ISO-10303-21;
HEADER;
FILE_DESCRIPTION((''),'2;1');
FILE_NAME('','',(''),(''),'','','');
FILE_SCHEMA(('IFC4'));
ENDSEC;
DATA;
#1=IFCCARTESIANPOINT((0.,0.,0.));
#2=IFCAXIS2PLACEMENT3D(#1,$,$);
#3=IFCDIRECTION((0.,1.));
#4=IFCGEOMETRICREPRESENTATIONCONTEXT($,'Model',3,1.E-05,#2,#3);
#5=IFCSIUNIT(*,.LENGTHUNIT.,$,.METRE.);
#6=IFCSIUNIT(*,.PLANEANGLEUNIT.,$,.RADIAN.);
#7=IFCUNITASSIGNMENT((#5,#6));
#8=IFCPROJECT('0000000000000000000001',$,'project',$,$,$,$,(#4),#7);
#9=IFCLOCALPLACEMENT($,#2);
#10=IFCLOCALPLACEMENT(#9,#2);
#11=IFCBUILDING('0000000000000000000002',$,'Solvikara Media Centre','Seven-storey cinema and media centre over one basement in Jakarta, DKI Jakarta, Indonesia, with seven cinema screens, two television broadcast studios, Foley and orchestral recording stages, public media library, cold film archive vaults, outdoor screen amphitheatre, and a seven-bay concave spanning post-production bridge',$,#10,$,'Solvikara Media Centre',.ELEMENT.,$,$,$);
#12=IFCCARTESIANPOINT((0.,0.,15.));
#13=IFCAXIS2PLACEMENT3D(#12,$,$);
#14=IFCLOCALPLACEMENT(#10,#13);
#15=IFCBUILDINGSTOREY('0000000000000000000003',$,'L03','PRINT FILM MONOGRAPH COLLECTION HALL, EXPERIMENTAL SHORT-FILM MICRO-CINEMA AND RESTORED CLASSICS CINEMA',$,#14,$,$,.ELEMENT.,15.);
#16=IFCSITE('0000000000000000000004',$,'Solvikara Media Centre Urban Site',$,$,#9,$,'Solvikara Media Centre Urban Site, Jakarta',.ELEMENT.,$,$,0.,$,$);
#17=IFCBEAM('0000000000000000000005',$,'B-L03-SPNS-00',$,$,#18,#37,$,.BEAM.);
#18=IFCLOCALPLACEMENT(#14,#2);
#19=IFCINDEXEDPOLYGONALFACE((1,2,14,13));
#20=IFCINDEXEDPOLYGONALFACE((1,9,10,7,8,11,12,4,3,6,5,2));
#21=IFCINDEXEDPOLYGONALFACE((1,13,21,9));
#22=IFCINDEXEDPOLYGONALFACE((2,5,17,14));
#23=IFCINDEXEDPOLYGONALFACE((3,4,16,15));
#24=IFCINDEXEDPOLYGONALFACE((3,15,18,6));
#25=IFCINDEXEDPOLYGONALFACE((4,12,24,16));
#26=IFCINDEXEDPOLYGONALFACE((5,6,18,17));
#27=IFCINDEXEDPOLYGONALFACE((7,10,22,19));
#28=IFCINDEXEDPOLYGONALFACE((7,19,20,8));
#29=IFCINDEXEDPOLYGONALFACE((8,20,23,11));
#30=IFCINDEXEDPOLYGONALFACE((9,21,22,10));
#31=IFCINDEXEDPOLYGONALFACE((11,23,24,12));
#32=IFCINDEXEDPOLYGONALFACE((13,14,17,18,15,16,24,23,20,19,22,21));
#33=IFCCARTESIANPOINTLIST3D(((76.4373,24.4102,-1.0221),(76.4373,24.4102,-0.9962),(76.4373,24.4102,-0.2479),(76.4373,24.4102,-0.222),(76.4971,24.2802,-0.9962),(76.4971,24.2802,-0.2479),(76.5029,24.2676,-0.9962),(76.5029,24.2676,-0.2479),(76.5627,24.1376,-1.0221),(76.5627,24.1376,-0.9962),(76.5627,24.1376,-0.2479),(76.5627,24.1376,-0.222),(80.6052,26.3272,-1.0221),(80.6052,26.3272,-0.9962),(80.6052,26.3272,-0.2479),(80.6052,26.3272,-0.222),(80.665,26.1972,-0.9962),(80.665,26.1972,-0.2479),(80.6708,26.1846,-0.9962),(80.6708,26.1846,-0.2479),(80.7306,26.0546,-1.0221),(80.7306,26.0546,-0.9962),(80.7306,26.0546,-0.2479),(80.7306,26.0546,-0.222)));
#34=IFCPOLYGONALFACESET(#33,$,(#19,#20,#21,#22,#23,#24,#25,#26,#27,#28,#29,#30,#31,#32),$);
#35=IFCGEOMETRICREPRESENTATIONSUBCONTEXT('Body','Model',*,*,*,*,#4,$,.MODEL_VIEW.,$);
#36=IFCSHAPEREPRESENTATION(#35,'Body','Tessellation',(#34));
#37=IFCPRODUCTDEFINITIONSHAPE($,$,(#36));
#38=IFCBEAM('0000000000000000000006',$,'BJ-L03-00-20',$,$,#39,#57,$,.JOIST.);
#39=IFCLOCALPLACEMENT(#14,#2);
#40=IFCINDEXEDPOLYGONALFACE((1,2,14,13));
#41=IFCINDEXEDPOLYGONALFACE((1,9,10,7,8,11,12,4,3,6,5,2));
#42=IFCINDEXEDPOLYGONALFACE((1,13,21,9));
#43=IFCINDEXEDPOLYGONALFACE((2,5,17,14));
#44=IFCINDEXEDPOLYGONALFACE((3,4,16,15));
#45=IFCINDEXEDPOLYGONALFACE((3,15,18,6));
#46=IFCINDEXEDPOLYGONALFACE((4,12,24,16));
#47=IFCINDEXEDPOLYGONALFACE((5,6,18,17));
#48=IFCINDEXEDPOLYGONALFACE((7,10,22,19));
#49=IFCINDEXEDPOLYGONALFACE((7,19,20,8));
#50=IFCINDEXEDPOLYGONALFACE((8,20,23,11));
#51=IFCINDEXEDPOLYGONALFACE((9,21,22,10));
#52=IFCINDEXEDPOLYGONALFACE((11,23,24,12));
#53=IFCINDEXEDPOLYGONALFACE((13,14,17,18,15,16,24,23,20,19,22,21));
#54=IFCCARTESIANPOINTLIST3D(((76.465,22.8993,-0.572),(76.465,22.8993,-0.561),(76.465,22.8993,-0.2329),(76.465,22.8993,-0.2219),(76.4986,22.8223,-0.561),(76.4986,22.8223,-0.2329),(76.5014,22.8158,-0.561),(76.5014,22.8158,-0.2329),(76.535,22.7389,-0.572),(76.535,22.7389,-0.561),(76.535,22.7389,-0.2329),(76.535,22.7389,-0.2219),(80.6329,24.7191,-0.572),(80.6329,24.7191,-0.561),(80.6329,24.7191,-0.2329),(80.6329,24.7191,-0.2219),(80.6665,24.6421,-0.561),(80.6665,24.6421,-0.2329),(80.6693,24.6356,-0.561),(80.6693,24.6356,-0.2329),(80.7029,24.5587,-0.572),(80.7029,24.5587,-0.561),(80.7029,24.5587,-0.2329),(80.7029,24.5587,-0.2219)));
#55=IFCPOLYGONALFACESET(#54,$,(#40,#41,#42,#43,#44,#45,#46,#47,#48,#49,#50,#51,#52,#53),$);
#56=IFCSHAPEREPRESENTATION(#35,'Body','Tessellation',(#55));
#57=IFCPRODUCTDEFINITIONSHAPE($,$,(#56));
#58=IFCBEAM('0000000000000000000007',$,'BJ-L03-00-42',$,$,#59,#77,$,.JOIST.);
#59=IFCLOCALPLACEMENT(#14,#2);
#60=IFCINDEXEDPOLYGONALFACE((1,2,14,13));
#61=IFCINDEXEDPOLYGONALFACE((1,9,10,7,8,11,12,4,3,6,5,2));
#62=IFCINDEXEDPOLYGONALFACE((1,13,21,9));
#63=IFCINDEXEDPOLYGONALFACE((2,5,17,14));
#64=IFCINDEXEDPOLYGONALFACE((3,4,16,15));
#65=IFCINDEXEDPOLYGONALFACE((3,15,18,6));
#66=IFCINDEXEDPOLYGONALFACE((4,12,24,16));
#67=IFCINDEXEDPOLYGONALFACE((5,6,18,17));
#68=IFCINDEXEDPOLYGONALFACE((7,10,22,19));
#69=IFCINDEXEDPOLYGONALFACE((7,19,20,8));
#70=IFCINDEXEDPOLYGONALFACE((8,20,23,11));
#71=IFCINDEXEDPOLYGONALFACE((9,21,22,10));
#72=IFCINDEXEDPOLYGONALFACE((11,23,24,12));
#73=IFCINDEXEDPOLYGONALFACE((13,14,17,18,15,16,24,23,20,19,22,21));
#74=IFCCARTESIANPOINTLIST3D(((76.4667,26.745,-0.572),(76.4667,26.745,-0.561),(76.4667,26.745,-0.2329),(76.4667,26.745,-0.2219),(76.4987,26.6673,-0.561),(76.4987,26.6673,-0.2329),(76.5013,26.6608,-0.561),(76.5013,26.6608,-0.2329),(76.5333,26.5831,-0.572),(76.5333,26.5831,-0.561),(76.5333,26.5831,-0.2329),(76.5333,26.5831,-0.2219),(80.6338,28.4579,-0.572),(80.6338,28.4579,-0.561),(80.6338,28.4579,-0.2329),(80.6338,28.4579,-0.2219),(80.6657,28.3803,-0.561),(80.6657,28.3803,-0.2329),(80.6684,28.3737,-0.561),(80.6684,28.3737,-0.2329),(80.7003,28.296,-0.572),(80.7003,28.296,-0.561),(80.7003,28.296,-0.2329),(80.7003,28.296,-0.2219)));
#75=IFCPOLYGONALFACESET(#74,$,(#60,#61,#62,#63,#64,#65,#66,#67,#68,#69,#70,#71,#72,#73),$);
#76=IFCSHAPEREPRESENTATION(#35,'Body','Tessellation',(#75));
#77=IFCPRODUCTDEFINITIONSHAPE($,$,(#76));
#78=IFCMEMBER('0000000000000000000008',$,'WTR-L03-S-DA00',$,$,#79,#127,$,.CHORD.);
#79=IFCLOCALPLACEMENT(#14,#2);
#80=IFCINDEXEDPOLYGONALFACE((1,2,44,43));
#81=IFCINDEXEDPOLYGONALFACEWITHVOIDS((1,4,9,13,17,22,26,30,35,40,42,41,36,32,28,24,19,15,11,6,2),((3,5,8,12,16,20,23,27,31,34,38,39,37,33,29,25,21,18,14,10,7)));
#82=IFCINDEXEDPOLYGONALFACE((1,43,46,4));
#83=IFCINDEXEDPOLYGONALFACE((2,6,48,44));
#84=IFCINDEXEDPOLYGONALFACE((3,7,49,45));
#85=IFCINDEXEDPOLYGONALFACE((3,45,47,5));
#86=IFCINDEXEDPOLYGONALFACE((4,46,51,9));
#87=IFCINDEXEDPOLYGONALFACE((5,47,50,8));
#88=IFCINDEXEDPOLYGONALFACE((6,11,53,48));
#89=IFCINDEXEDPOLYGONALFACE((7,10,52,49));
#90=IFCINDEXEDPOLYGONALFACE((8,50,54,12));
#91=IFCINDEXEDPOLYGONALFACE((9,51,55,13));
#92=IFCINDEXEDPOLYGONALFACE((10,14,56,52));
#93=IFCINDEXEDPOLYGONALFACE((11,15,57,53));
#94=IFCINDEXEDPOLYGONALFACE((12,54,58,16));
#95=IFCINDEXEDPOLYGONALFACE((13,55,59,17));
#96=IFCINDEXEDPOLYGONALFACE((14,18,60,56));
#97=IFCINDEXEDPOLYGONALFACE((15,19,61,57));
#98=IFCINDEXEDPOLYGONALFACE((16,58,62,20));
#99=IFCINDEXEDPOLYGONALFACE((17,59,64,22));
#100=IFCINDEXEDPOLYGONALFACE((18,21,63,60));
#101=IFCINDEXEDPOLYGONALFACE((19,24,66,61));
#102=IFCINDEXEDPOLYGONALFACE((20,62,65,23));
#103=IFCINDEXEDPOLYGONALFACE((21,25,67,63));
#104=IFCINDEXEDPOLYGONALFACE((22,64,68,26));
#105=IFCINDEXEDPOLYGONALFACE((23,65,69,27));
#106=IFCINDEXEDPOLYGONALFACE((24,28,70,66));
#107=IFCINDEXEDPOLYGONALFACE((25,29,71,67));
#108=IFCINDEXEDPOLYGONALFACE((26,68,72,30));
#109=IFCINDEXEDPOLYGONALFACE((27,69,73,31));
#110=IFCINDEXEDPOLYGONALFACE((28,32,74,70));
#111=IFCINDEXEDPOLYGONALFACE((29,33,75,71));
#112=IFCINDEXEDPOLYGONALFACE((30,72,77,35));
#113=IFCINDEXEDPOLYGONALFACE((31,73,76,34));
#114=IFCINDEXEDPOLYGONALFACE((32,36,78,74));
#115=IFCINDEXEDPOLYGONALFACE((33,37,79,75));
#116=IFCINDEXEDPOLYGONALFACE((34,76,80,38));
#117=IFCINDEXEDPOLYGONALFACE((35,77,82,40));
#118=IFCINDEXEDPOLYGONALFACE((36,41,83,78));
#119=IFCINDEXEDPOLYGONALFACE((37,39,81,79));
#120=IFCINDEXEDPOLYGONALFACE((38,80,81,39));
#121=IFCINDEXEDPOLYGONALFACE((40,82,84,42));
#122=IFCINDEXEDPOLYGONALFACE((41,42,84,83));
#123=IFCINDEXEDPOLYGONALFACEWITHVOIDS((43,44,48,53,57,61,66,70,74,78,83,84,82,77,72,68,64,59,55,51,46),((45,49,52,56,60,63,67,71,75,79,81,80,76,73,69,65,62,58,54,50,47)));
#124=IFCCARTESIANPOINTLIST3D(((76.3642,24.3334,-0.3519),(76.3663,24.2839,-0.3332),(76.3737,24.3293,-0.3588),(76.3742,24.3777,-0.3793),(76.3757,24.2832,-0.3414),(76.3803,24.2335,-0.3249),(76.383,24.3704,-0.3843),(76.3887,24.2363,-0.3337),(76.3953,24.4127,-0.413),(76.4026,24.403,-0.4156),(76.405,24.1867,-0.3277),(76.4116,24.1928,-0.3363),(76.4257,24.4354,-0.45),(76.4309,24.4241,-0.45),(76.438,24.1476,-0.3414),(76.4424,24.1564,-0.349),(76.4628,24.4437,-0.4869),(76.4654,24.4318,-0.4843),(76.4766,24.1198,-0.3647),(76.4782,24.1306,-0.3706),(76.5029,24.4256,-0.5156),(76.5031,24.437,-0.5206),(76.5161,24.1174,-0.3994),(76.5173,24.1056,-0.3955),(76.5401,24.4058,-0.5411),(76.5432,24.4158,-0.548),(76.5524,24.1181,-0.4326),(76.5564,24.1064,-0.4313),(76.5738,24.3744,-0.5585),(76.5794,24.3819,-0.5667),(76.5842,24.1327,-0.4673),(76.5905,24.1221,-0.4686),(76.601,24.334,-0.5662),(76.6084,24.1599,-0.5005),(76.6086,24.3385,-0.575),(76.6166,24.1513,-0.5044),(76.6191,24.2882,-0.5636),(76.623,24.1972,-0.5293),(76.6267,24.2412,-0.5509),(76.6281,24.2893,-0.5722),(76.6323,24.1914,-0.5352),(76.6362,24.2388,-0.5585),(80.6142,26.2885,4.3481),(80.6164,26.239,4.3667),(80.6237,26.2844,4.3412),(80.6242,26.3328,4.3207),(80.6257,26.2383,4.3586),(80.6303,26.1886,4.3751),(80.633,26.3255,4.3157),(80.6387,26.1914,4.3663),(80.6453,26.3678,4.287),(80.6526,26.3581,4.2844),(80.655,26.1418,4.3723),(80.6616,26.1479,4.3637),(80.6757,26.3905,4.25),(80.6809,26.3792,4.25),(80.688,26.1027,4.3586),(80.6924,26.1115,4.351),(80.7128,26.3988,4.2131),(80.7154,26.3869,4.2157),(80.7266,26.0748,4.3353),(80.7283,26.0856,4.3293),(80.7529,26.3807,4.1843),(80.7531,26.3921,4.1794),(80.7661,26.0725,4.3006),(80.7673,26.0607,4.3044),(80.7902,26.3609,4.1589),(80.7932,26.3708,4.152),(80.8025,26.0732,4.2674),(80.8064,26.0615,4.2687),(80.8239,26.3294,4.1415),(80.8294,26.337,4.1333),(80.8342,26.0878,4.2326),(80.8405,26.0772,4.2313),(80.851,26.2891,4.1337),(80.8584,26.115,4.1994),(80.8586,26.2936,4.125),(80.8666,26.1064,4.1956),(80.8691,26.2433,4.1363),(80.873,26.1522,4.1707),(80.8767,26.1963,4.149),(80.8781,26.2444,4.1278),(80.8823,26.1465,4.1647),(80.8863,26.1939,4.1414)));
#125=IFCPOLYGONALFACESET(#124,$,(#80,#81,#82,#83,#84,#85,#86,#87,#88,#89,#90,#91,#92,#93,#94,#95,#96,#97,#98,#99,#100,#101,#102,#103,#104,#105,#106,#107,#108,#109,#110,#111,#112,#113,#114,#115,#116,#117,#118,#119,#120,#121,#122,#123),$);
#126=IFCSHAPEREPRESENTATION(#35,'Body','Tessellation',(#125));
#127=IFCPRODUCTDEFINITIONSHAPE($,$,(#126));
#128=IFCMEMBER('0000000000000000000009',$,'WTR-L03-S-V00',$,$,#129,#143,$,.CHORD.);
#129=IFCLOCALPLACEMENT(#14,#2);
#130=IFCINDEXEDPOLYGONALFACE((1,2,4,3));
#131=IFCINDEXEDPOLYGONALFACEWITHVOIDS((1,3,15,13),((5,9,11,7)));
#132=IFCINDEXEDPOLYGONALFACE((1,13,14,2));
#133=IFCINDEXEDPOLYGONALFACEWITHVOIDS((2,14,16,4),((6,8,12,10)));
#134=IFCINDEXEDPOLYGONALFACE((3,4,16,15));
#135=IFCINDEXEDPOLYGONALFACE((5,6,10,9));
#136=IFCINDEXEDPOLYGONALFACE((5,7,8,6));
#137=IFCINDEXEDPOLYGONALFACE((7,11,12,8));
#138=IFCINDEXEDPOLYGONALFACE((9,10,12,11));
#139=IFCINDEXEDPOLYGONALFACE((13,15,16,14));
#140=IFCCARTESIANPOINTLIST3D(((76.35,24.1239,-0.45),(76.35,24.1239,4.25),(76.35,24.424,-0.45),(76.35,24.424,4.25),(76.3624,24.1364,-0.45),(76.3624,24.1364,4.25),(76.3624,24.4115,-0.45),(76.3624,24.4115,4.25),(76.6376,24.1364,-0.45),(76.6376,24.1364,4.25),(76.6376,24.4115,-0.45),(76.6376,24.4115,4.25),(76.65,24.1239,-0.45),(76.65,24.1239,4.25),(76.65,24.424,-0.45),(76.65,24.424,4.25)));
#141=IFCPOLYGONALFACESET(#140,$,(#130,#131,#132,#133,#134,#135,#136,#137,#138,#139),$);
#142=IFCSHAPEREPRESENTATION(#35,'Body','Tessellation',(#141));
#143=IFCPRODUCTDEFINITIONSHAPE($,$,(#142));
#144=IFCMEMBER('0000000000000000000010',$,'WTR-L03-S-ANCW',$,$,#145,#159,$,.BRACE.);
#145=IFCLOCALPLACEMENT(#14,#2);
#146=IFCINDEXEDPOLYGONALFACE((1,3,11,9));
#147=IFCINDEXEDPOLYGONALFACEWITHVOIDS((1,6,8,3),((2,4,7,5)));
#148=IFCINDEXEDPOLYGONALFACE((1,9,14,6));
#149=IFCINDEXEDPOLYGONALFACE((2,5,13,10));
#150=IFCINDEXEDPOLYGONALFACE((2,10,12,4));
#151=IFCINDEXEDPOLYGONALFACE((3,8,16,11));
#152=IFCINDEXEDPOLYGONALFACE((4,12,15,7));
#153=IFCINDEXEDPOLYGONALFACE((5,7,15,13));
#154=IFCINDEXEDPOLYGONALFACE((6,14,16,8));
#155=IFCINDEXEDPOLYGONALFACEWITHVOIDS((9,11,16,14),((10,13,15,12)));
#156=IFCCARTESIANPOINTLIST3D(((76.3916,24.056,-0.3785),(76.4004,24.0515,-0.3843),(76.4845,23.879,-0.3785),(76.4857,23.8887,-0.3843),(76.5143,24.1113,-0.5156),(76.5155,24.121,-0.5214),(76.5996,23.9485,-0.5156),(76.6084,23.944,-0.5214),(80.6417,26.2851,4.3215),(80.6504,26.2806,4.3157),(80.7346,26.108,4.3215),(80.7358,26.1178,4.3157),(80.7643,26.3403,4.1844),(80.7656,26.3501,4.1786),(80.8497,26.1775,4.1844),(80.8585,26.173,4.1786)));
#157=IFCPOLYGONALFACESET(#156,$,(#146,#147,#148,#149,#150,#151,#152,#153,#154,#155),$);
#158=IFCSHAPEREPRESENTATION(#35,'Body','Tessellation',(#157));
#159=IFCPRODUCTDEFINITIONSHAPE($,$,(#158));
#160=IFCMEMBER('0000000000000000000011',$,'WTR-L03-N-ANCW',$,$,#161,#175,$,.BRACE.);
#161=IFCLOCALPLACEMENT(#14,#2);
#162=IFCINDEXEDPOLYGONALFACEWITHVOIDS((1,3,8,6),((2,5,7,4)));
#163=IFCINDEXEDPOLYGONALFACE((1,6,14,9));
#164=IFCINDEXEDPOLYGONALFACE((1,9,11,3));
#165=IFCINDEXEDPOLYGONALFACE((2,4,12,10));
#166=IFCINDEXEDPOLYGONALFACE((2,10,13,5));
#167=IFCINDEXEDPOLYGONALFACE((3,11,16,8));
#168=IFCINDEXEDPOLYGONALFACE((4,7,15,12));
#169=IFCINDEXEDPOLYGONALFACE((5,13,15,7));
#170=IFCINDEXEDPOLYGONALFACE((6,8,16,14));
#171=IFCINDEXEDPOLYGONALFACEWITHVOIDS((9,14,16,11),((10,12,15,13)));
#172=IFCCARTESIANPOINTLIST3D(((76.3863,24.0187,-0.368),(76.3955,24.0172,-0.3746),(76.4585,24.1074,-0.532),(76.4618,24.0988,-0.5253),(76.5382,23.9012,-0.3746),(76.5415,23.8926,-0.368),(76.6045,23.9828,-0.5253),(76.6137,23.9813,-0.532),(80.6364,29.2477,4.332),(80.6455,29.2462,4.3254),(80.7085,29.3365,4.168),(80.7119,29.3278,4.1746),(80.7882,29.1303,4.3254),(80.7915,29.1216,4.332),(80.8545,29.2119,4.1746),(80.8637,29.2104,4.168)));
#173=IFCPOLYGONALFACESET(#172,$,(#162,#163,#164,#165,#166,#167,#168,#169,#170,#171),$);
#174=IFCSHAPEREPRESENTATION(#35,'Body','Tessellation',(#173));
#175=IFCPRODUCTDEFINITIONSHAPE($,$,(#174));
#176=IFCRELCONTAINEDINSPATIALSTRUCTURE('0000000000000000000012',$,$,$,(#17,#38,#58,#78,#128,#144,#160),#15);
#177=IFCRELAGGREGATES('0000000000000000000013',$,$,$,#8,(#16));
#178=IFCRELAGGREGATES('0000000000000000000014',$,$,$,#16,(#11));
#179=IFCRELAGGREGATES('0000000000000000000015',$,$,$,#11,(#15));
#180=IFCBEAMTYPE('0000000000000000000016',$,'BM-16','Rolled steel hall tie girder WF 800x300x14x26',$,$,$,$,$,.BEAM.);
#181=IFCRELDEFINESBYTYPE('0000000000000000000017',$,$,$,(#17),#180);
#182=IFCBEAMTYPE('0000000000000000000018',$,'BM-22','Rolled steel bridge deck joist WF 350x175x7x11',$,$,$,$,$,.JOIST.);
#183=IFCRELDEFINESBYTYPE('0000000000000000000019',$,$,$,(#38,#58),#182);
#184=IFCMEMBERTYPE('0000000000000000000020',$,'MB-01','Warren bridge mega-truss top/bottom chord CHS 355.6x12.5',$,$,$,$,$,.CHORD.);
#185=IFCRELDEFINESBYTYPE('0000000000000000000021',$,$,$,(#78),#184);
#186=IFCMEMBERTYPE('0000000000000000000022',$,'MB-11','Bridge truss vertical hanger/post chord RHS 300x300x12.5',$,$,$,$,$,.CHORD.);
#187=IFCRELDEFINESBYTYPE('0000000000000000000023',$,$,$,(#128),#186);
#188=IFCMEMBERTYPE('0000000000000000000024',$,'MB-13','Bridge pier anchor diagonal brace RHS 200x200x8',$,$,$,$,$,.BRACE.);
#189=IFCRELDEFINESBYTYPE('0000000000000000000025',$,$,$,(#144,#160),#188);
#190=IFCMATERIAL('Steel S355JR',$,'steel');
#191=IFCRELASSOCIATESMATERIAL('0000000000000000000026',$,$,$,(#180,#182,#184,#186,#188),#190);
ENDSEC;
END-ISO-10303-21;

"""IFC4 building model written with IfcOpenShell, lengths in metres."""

from ifc_helpers import new_model, si_unit, direction, frame, origin, origin_2d, place, context, subcontext, project, spatial, hollow_rectangle, hollow_circle, i_section, extrude, material, material_profile, profile_set, type_object, element, save


model = new_model("IFC4")

# Units and contexts
model_context = context("Model", 3, precision=1e-05, world=origin(), true_north=direction((0.0, 1.0)))
body_context = subcontext(model_context, "Body", "Model", "MODEL_VIEW")
ifc_project = project(units=[si_unit("LENGTHUNIT", "METRE"), si_unit("PLANEANGLEUNIT", "RADIAN")], contexts=[model_context])

# Site, building, storey
site_placement = place(None, origin())
site = spatial("IfcSite", under=ifc_project, at=site_placement, Name="Solvikara Media Centre Urban Site", LongName="Solvikara Media Centre Urban Site, Jakarta", CompositionType="ELEMENT", RefElevation=0.0)
building_placement = place(site_placement, origin())
building = spatial("IfcBuilding", under=site, at=building_placement, Name="Solvikara Media Centre", Description="Seven-storey cinema and media centre over one basement in Jakarta, DKI Jakarta, Indonesia, with seven cinema screens, two television broadcast studios, Foley and orchestral recording stages, public media library, cold film archive vaults, outdoor screen amphitheatre, and a seven-bay concave spanning post-production bridge", LongName="Solvikara Media Centre", CompositionType="ELEMENT")
storey_placement = place(building_placement, frame((0.0, 0.0, 15.0)))
storey = spatial("IfcBuildingStorey", under=building, at=storey_placement, Name="L03", Description="PRINT FILM MONOGRAPH COLLECTION HALL, EXPERIMENTAL SHORT-FILM MICRO-CINEMA AND RESTORED CLASSICS CINEMA", CompositionType="ELEMENT", Elevation=15.0)

# Beams
ifc_material_1 = material(Name="Steel S355JR", Category="steel")
ifc_material_profile_1 = material_profile(ifc_material_1, i_section(OverallWidth=0.3, OverallDepth=0.8, WebThickness=0.0139, FlangeThickness=0.0259, at=origin_2d()), Name="WF 800x300x14x26")
ifc_profile_set_1 = profile_set([ifc_material_profile_1], Name="Steel S355JR")
beam_type_1 = type_object("IfcBeamType", Name="BM-16", Description="Rolled steel hall tie girder WF 800x300x14x26", PredefinedType="BEAM", material=ifc_profile_set_1)
beam_1_placement = place(storey_placement, frame((76.5, 24.2739, -0.6221), z_axis=(0.908513, 0.417856, 0.0), x_axis=(-0.417856, 0.908513, 0.0)))
element("IfcBeam", 1, at=beam_1_placement, inside=storey, type_object=beam_type_1, Name="B-L03-SPNS-00", PredefinedType="BEAM", context=body_context, shape_type="SweptSolid", body=[
    extrude(i_section(OverallWidth=0.3, OverallDepth=0.8, WebThickness=0.0139, FlangeThickness=0.0259, at=origin_2d()), origin(), (0.0, 0.0, 1.0), 4.5876),
])
ifc_material_profile_2 = material_profile(ifc_material_1, i_section(OverallWidth=0.175, OverallDepth=0.3501, WebThickness=0.0071, FlangeThickness=0.011, at=origin_2d()), Name="WF 350x175x7x11")
ifc_profile_set_2 = profile_set([ifc_material_profile_2], Name="Steel S355JR")
beam_type_2 = type_object("IfcBeamType", Name="BM-22", Description="Rolled steel bridge deck joist WF 350x175x7x11", PredefinedType="JOIST", material=ifc_profile_set_2)
beam_2_placement = place(storey_placement, frame((76.5, 22.8191, -0.397), z_axis=(0.916453, 0.400143, 0.0), x_axis=(-0.400143, 0.916453, 0.0)))
element("IfcBeam", 2, at=beam_2_placement, inside=storey, type_object=beam_type_2, Name="BJ-L03-00-20", PredefinedType="JOIST", context=body_context, shape_type="SweptSolid", body=[
    extrude(i_section(OverallWidth=0.175, OverallDepth=0.3501, WebThickness=0.0071, FlangeThickness=0.011, at=origin_2d()), origin(), (0.0, 0.0, 1.0), 4.5479),
])
beam_3_placement = place(storey_placement, frame((76.5, 26.6641, -0.397), z_axis=(0.924907, 0.380194, 0.0), x_axis=(-0.380194, 0.924907, 0.0)))
element("IfcBeam", 3, at=beam_3_placement, inside=storey, type_object=beam_type_2, Name="BJ-L03-00-42", PredefinedType="JOIST", context=body_context, shape_type="SweptSolid", body=[
    extrude(i_section(OverallWidth=0.175, OverallDepth=0.3501, WebThickness=0.0071, FlangeThickness=0.011, at=origin_2d()), origin(), (0.0, 0.0, 1.0), 4.5054),
])

# Members
ifc_material_profile_3 = material_profile(ifc_material_1, hollow_circle(Radius=0.1777, WallThickness=0.0125, at=origin_2d()), Name="CHS 355.6x12.5")
ifc_profile_set_3 = profile_set([ifc_material_profile_3], Name="Steel S355JR")
member_type_1 = type_object("IfcMemberType", Name="MB-01", Description="Warren bridge mega-truss top/bottom chord CHS 355.6x12.5", PredefinedType="CHORD", material=ifc_profile_set_3)
member_1_placement = place(storey_placement, frame((76.5, 24.2739, -0.45), z_axis=(0.640898, 0.294825, 0.708751), x_axis=(-0.417919, 0.908484, 0.0)))
element("IfcMember", 4, at=member_1_placement, inside=storey, type_object=member_type_1, Name="WTR-L03-S-DA00", PredefinedType="CHORD", context=body_context, shape_type="SweptSolid", body=[
    extrude(hollow_circle(Radius=0.1777, WallThickness=0.0125, at=origin_2d()), origin(), (0.0, 0.0, 1.0), 6.6313),
])
ifc_material_profile_4 = material_profile(ifc_material_1, hollow_rectangle(XDim=0.3, YDim=0.3, WallThickness=0.0125, at=origin_2d()), Name="RHS 300x300x12.5")
ifc_profile_set_4 = profile_set([ifc_material_profile_4], Name="Steel S355JR")
member_type_2 = type_object("IfcMemberType", Name="MB-11", Description="Bridge truss vertical hanger/post chord RHS 300x300x12.5", PredefinedType="CHORD", material=ifc_profile_set_4)
member_2_placement = place(storey_placement, frame((76.5, 24.2739, -0.45), z_axis=(0.0, 0.0, 1.0), x_axis=(1.0, 0.0, 0.0)))
element("IfcMember", 5, at=member_2_placement, inside=storey, type_object=member_type_2, Name="WTR-L03-S-V00", PredefinedType="CHORD", context=body_context, shape_type="SweptSolid", body=[
    extrude(hollow_rectangle(XDim=0.3, YDim=0.3, WallThickness=0.0125, at=origin_2d()), origin(), (0.0, 0.0, 1.0), 4.7),
])
ifc_material_profile_5 = material_profile(ifc_material_1, hollow_rectangle(XDim=0.2, YDim=0.2, WallThickness=0.0081, at=origin_2d()), Name="RHS 200x200x8")
ifc_profile_set_5 = profile_set([ifc_material_profile_5], Name="Steel S355JR")
member_type_3 = type_object("IfcMemberType", Name="MB-13", Description="Bridge pier anchor diagonal brace RHS 200x200x8", PredefinedType="BRACE", material=ifc_profile_set_5)
member_3_placement = place(storey_placement, frame((76.5, 24.0, -0.45), z_axis=(0.632706, 0.331836, 0.699691), x_axis=(-0.464467, 0.88559, 0.0)))
element("IfcMember", 6, at=member_3_placement, inside=storey, type_object=member_type_3, Name="WTR-L03-S-ANCW", PredefinedType="BRACE", context=body_context, shape_type="SweptSolid", body=[
    extrude(hollow_rectangle(XDim=0.2, YDim=0.2, WallThickness=0.0081, at=origin_2d()), origin(), (0.0, 0.0, 1.0), 6.7173),
])
member_4_placement = place(storey_placement, frame((76.5, 24.0, -0.45), z_axis=(0.517315, 0.63648, 0.572083), x_axis=(-0.77601, 0.630721, 0.0)))
element("IfcMember", 7, at=member_4_placement, inside=storey, type_object=member_type_3, Name="WTR-L03-N-ANCW", PredefinedType="BRACE", context=body_context, shape_type="SweptSolid", body=[
    extrude(hollow_rectangle(XDim=0.2, YDim=0.2, WallThickness=0.0081, at=origin_2d()), origin(), (0.0, 0.0, 1.0), 8.2156),
])

save(model, "model.ifc")
